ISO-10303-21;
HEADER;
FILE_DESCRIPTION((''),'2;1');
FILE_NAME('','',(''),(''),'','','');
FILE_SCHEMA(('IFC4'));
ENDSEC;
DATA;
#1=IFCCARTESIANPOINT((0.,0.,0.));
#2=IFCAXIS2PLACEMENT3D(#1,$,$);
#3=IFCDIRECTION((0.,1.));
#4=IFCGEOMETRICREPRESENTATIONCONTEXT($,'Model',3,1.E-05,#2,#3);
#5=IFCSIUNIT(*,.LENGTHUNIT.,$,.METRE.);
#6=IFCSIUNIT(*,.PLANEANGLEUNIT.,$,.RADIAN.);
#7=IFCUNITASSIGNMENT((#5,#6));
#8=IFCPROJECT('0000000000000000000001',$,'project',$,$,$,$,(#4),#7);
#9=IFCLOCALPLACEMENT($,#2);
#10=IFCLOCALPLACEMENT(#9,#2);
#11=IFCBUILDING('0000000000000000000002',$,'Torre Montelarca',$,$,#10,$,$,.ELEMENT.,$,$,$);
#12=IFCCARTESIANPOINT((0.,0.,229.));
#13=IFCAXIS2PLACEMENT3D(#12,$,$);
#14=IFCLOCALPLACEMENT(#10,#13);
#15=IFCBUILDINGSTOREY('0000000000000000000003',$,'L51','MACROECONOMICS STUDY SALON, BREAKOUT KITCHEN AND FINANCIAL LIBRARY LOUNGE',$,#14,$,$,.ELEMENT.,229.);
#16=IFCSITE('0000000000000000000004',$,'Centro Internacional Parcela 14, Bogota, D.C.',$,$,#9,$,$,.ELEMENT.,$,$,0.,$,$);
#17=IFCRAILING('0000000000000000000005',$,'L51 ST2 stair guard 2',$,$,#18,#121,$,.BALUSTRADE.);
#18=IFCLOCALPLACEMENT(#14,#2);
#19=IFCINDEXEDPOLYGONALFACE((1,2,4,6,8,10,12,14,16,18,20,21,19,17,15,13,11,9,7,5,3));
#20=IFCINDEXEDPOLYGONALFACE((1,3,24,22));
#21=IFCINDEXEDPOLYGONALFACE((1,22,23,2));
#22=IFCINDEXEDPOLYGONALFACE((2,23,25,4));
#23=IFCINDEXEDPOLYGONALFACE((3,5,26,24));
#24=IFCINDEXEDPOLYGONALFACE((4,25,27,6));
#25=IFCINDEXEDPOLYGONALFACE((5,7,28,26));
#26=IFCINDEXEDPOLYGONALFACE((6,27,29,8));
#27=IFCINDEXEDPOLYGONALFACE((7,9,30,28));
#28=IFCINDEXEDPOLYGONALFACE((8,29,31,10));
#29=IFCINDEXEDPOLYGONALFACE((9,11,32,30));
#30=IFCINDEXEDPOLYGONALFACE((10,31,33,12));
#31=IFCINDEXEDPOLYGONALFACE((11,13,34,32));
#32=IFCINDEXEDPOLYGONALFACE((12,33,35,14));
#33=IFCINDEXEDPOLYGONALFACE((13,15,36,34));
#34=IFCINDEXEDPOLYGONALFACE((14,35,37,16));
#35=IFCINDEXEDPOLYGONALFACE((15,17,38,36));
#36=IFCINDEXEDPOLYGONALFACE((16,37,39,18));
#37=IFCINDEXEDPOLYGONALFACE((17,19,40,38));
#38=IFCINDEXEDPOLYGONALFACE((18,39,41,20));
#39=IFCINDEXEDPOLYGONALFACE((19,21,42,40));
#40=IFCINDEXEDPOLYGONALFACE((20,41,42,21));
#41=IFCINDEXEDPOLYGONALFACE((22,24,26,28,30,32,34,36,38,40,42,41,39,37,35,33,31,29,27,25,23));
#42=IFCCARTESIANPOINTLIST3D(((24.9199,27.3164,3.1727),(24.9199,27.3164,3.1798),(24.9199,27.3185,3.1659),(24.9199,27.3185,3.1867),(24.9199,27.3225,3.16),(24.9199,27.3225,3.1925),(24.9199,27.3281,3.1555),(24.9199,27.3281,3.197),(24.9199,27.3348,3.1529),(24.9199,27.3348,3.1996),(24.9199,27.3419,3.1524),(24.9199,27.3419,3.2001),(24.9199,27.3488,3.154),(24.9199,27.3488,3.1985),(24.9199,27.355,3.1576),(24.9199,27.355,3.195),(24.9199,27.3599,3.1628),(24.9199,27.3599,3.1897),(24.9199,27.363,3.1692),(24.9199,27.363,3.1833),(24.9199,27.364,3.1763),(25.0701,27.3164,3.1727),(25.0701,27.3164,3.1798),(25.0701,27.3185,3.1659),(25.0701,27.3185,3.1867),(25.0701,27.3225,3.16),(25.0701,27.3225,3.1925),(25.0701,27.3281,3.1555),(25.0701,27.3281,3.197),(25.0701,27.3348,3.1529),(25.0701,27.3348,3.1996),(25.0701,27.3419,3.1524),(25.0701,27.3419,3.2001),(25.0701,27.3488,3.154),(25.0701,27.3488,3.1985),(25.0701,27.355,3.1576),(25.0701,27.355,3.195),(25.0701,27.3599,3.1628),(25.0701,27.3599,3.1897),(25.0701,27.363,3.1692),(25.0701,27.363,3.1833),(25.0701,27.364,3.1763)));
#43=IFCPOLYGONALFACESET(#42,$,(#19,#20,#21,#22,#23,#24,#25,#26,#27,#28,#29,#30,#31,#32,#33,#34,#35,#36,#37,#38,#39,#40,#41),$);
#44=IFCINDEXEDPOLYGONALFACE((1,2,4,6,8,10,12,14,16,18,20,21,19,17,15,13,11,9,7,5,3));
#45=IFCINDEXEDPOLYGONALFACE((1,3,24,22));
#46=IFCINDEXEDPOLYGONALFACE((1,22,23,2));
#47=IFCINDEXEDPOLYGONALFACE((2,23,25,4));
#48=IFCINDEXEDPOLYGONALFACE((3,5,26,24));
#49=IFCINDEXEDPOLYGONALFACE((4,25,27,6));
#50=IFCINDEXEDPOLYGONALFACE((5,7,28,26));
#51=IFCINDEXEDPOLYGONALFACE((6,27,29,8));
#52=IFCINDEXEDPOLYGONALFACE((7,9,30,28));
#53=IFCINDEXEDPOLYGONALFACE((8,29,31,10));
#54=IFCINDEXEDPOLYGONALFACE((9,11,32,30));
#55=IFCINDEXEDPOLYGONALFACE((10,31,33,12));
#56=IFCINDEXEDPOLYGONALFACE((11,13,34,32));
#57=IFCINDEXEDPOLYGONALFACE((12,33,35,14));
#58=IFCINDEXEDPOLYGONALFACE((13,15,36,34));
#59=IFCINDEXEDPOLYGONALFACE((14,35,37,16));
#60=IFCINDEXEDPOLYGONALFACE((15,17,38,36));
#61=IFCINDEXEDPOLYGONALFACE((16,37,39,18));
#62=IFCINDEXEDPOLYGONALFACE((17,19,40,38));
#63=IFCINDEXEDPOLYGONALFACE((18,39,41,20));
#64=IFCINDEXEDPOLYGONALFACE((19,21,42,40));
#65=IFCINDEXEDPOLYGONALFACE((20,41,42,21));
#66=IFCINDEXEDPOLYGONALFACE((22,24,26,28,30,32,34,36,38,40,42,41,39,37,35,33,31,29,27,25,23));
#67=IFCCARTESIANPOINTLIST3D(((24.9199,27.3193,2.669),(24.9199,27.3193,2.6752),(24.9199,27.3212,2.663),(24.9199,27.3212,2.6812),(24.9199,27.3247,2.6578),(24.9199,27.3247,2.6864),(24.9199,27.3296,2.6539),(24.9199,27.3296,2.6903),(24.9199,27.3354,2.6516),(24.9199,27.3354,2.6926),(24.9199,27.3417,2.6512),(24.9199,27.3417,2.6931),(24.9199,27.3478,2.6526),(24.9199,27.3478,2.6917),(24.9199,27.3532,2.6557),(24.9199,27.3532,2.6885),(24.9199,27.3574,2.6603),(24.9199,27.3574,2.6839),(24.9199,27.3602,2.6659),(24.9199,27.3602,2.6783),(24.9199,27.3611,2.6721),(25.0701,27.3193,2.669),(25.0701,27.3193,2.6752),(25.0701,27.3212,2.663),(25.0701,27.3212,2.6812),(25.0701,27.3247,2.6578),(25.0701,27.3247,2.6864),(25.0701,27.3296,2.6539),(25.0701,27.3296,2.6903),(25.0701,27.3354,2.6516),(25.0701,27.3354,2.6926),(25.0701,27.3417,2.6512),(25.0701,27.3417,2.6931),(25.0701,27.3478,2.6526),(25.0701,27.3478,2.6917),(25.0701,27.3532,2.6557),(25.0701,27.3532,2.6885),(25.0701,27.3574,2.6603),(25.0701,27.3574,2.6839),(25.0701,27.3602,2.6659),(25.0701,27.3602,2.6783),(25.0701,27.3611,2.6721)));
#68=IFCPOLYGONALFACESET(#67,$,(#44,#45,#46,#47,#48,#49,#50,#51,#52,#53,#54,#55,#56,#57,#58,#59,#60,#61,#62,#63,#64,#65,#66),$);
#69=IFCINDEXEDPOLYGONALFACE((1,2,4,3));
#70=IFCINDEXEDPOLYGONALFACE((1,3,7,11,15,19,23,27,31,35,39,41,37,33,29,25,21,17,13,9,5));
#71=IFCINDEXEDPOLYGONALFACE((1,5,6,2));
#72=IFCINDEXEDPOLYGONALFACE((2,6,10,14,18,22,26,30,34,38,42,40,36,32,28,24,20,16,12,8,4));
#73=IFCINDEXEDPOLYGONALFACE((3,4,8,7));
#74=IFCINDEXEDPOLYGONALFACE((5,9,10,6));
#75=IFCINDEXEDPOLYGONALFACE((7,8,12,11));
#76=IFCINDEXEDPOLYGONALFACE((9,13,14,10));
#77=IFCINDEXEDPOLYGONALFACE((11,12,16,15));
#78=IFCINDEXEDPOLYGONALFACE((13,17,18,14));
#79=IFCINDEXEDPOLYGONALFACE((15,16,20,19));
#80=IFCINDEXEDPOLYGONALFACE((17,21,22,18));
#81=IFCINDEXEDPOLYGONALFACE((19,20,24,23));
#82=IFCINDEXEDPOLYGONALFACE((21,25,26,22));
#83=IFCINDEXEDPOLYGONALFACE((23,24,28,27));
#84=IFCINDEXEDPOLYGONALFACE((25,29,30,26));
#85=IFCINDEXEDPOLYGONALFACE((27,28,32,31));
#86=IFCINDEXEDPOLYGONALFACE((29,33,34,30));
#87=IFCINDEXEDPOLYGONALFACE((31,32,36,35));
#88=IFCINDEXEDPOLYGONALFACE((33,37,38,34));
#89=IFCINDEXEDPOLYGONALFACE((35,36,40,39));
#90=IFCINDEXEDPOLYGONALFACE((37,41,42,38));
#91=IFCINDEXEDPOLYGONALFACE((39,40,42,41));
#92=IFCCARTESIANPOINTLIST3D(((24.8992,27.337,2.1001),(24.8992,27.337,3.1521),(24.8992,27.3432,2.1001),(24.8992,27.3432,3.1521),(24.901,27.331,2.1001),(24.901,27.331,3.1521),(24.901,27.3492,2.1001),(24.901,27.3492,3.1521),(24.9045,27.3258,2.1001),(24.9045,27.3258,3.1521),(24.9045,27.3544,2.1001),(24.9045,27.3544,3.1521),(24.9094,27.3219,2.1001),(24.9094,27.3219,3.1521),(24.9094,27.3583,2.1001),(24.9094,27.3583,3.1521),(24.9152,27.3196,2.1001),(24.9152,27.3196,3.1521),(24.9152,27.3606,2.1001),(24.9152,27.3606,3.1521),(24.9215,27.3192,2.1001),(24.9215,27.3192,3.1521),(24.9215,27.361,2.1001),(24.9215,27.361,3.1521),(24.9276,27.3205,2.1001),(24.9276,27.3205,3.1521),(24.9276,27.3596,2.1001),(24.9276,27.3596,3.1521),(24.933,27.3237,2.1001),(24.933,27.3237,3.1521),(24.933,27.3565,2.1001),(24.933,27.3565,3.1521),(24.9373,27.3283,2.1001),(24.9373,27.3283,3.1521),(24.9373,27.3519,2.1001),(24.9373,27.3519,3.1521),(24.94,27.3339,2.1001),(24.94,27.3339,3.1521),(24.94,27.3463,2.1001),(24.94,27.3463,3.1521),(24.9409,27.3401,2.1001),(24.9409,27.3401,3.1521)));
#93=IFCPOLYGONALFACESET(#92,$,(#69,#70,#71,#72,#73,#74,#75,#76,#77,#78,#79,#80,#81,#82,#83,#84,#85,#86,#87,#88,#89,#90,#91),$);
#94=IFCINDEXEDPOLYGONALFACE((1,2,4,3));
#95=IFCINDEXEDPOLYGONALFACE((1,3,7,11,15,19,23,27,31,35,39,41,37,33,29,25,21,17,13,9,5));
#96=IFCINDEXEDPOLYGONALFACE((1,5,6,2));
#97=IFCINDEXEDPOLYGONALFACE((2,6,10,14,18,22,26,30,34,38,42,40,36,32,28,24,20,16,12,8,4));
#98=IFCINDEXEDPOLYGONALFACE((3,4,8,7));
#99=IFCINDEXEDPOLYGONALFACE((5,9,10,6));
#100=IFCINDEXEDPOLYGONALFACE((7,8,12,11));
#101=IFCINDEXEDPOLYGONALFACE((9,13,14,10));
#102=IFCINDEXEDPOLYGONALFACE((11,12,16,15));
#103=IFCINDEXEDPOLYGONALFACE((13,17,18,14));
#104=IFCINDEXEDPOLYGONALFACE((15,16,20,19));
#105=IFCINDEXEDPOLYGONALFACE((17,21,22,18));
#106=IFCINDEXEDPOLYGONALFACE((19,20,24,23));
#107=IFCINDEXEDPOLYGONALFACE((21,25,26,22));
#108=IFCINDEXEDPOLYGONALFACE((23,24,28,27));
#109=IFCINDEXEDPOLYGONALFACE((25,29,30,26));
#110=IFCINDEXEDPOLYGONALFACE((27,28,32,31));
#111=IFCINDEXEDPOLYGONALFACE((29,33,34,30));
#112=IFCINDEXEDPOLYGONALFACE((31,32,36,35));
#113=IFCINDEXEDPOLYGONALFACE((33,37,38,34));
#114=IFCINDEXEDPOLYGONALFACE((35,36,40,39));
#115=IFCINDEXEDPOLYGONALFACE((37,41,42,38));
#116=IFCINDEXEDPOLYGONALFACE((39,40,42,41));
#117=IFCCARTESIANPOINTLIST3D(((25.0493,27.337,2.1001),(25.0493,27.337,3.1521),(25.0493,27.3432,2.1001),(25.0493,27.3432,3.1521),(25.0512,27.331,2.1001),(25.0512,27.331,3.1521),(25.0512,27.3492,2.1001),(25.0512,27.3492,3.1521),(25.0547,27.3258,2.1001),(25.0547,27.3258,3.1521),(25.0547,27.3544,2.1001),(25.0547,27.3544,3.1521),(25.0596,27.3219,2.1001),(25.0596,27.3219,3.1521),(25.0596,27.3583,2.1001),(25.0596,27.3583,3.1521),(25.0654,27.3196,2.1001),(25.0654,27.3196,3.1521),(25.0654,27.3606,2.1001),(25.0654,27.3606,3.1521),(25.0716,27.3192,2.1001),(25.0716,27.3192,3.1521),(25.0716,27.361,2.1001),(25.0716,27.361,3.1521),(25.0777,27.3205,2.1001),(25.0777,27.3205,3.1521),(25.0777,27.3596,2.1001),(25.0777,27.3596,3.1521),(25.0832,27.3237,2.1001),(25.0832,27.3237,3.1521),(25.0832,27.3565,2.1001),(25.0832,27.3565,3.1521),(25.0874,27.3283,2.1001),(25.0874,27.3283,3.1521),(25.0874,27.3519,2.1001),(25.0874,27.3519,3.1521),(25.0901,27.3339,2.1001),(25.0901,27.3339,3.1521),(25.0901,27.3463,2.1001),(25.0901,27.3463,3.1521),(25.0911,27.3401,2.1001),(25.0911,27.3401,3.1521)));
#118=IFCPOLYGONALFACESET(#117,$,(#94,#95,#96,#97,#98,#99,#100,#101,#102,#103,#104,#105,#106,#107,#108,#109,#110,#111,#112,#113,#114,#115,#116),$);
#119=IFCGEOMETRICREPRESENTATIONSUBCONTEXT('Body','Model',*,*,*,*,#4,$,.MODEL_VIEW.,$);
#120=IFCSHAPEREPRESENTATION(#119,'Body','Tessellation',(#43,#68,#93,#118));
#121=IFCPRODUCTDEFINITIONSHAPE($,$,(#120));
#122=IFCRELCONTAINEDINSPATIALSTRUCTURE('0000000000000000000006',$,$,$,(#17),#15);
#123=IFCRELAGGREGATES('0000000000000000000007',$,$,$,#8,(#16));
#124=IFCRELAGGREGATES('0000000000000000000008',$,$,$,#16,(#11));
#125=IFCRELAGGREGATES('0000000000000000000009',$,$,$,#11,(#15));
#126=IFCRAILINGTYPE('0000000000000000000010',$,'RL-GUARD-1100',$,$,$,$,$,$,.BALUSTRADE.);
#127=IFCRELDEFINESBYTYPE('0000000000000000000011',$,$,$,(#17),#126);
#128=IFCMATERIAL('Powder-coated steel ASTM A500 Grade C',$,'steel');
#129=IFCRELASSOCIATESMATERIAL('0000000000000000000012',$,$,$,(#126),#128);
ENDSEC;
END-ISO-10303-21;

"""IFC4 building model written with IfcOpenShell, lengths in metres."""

from ifc_helpers import new_model, si_unit, direction, frame, origin, origin_2d, place, context, subcontext, project, spatial, circle, extrude, material, type_object, element, save


model = new_model("IFC4")

# Units and contexts
model_context = context("Model", 3, precision=1e-05, world=origin(), true_north=direction((0.0, 1.0)))
body_context = subcontext(model_context, "Body", "Model", "MODEL_VIEW")
ifc_project = project(units=[si_unit("LENGTHUNIT", "METRE"), si_unit("PLANEANGLEUNIT", "RADIAN")], contexts=[model_context])

# Site, building, storey
site_placement = place(None, origin())
site = spatial("IfcSite", under=ifc_project, at=site_placement, Name="Centro Internacional Parcela 14, Bogota, D.C.", CompositionType="ELEMENT", RefElevation=0.0)
building_placement = place(site_placement, origin())
building = spatial("IfcBuilding", under=site, at=building_placement, Name="Torre Montelarca", CompositionType="ELEMENT")
storey_placement = place(building_placement, frame((0.0, 0.0, 229.0)))
storey = spatial("IfcBuildingStorey", under=building, at=storey_placement, Name="L51", Description="MACROECONOMICS STUDY SALON, BREAKOUT KITCHEN AND FINANCIAL LIBRARY LOUNGE", CompositionType="ELEMENT", Elevation=229.0)

# Railing
ifc_material_1 = material(Name="Powder-coated steel ASTM A500 Grade C", Category="steel")
railing_type_1 = type_object("IfcRailingType", Name="RL-GUARD-1100", PredefinedType="BALUSTRADE", material=ifc_material_1)
railing_1_placement = place(storey_placement, frame((24.9199, 27.3401, 2.1001)))
element("IfcRailing", 1, at=railing_1_placement, inside=storey, type_object=railing_type_1, Name="L51 ST2 stair guard 2", PredefinedType="BALUSTRADE", context=body_context, shape_type="SweptSolid", body=[
    extrude(circle(Radius=0.0239, at=origin_2d()), frame((0.0, 0.0, 1.0762), z_axis=(1.0, 0.0, 0.0), x_axis=(0.0, 1.0, 0.0)), (0.0, 0.0, 1.0), 0.1501),
    extrude(circle(Radius=0.021, at=origin_2d()), frame((0.0, 0.0, 0.572), z_axis=(1.0, 0.0, 0.0), x_axis=(0.0, 1.0, 0.0)), (0.0, 0.0, 1.0), 0.1501),
    extrude(circle(Radius=0.021, at=origin_2d()), origin(), (0.0, 0.0, 1.0), 1.052),
    extrude(circle(Radius=0.021, at=origin_2d()), frame((0.1501, 0.0, 0.0)), (0.0, 0.0, 1.0), 1.052),
])

save(model, "model.ifc")
